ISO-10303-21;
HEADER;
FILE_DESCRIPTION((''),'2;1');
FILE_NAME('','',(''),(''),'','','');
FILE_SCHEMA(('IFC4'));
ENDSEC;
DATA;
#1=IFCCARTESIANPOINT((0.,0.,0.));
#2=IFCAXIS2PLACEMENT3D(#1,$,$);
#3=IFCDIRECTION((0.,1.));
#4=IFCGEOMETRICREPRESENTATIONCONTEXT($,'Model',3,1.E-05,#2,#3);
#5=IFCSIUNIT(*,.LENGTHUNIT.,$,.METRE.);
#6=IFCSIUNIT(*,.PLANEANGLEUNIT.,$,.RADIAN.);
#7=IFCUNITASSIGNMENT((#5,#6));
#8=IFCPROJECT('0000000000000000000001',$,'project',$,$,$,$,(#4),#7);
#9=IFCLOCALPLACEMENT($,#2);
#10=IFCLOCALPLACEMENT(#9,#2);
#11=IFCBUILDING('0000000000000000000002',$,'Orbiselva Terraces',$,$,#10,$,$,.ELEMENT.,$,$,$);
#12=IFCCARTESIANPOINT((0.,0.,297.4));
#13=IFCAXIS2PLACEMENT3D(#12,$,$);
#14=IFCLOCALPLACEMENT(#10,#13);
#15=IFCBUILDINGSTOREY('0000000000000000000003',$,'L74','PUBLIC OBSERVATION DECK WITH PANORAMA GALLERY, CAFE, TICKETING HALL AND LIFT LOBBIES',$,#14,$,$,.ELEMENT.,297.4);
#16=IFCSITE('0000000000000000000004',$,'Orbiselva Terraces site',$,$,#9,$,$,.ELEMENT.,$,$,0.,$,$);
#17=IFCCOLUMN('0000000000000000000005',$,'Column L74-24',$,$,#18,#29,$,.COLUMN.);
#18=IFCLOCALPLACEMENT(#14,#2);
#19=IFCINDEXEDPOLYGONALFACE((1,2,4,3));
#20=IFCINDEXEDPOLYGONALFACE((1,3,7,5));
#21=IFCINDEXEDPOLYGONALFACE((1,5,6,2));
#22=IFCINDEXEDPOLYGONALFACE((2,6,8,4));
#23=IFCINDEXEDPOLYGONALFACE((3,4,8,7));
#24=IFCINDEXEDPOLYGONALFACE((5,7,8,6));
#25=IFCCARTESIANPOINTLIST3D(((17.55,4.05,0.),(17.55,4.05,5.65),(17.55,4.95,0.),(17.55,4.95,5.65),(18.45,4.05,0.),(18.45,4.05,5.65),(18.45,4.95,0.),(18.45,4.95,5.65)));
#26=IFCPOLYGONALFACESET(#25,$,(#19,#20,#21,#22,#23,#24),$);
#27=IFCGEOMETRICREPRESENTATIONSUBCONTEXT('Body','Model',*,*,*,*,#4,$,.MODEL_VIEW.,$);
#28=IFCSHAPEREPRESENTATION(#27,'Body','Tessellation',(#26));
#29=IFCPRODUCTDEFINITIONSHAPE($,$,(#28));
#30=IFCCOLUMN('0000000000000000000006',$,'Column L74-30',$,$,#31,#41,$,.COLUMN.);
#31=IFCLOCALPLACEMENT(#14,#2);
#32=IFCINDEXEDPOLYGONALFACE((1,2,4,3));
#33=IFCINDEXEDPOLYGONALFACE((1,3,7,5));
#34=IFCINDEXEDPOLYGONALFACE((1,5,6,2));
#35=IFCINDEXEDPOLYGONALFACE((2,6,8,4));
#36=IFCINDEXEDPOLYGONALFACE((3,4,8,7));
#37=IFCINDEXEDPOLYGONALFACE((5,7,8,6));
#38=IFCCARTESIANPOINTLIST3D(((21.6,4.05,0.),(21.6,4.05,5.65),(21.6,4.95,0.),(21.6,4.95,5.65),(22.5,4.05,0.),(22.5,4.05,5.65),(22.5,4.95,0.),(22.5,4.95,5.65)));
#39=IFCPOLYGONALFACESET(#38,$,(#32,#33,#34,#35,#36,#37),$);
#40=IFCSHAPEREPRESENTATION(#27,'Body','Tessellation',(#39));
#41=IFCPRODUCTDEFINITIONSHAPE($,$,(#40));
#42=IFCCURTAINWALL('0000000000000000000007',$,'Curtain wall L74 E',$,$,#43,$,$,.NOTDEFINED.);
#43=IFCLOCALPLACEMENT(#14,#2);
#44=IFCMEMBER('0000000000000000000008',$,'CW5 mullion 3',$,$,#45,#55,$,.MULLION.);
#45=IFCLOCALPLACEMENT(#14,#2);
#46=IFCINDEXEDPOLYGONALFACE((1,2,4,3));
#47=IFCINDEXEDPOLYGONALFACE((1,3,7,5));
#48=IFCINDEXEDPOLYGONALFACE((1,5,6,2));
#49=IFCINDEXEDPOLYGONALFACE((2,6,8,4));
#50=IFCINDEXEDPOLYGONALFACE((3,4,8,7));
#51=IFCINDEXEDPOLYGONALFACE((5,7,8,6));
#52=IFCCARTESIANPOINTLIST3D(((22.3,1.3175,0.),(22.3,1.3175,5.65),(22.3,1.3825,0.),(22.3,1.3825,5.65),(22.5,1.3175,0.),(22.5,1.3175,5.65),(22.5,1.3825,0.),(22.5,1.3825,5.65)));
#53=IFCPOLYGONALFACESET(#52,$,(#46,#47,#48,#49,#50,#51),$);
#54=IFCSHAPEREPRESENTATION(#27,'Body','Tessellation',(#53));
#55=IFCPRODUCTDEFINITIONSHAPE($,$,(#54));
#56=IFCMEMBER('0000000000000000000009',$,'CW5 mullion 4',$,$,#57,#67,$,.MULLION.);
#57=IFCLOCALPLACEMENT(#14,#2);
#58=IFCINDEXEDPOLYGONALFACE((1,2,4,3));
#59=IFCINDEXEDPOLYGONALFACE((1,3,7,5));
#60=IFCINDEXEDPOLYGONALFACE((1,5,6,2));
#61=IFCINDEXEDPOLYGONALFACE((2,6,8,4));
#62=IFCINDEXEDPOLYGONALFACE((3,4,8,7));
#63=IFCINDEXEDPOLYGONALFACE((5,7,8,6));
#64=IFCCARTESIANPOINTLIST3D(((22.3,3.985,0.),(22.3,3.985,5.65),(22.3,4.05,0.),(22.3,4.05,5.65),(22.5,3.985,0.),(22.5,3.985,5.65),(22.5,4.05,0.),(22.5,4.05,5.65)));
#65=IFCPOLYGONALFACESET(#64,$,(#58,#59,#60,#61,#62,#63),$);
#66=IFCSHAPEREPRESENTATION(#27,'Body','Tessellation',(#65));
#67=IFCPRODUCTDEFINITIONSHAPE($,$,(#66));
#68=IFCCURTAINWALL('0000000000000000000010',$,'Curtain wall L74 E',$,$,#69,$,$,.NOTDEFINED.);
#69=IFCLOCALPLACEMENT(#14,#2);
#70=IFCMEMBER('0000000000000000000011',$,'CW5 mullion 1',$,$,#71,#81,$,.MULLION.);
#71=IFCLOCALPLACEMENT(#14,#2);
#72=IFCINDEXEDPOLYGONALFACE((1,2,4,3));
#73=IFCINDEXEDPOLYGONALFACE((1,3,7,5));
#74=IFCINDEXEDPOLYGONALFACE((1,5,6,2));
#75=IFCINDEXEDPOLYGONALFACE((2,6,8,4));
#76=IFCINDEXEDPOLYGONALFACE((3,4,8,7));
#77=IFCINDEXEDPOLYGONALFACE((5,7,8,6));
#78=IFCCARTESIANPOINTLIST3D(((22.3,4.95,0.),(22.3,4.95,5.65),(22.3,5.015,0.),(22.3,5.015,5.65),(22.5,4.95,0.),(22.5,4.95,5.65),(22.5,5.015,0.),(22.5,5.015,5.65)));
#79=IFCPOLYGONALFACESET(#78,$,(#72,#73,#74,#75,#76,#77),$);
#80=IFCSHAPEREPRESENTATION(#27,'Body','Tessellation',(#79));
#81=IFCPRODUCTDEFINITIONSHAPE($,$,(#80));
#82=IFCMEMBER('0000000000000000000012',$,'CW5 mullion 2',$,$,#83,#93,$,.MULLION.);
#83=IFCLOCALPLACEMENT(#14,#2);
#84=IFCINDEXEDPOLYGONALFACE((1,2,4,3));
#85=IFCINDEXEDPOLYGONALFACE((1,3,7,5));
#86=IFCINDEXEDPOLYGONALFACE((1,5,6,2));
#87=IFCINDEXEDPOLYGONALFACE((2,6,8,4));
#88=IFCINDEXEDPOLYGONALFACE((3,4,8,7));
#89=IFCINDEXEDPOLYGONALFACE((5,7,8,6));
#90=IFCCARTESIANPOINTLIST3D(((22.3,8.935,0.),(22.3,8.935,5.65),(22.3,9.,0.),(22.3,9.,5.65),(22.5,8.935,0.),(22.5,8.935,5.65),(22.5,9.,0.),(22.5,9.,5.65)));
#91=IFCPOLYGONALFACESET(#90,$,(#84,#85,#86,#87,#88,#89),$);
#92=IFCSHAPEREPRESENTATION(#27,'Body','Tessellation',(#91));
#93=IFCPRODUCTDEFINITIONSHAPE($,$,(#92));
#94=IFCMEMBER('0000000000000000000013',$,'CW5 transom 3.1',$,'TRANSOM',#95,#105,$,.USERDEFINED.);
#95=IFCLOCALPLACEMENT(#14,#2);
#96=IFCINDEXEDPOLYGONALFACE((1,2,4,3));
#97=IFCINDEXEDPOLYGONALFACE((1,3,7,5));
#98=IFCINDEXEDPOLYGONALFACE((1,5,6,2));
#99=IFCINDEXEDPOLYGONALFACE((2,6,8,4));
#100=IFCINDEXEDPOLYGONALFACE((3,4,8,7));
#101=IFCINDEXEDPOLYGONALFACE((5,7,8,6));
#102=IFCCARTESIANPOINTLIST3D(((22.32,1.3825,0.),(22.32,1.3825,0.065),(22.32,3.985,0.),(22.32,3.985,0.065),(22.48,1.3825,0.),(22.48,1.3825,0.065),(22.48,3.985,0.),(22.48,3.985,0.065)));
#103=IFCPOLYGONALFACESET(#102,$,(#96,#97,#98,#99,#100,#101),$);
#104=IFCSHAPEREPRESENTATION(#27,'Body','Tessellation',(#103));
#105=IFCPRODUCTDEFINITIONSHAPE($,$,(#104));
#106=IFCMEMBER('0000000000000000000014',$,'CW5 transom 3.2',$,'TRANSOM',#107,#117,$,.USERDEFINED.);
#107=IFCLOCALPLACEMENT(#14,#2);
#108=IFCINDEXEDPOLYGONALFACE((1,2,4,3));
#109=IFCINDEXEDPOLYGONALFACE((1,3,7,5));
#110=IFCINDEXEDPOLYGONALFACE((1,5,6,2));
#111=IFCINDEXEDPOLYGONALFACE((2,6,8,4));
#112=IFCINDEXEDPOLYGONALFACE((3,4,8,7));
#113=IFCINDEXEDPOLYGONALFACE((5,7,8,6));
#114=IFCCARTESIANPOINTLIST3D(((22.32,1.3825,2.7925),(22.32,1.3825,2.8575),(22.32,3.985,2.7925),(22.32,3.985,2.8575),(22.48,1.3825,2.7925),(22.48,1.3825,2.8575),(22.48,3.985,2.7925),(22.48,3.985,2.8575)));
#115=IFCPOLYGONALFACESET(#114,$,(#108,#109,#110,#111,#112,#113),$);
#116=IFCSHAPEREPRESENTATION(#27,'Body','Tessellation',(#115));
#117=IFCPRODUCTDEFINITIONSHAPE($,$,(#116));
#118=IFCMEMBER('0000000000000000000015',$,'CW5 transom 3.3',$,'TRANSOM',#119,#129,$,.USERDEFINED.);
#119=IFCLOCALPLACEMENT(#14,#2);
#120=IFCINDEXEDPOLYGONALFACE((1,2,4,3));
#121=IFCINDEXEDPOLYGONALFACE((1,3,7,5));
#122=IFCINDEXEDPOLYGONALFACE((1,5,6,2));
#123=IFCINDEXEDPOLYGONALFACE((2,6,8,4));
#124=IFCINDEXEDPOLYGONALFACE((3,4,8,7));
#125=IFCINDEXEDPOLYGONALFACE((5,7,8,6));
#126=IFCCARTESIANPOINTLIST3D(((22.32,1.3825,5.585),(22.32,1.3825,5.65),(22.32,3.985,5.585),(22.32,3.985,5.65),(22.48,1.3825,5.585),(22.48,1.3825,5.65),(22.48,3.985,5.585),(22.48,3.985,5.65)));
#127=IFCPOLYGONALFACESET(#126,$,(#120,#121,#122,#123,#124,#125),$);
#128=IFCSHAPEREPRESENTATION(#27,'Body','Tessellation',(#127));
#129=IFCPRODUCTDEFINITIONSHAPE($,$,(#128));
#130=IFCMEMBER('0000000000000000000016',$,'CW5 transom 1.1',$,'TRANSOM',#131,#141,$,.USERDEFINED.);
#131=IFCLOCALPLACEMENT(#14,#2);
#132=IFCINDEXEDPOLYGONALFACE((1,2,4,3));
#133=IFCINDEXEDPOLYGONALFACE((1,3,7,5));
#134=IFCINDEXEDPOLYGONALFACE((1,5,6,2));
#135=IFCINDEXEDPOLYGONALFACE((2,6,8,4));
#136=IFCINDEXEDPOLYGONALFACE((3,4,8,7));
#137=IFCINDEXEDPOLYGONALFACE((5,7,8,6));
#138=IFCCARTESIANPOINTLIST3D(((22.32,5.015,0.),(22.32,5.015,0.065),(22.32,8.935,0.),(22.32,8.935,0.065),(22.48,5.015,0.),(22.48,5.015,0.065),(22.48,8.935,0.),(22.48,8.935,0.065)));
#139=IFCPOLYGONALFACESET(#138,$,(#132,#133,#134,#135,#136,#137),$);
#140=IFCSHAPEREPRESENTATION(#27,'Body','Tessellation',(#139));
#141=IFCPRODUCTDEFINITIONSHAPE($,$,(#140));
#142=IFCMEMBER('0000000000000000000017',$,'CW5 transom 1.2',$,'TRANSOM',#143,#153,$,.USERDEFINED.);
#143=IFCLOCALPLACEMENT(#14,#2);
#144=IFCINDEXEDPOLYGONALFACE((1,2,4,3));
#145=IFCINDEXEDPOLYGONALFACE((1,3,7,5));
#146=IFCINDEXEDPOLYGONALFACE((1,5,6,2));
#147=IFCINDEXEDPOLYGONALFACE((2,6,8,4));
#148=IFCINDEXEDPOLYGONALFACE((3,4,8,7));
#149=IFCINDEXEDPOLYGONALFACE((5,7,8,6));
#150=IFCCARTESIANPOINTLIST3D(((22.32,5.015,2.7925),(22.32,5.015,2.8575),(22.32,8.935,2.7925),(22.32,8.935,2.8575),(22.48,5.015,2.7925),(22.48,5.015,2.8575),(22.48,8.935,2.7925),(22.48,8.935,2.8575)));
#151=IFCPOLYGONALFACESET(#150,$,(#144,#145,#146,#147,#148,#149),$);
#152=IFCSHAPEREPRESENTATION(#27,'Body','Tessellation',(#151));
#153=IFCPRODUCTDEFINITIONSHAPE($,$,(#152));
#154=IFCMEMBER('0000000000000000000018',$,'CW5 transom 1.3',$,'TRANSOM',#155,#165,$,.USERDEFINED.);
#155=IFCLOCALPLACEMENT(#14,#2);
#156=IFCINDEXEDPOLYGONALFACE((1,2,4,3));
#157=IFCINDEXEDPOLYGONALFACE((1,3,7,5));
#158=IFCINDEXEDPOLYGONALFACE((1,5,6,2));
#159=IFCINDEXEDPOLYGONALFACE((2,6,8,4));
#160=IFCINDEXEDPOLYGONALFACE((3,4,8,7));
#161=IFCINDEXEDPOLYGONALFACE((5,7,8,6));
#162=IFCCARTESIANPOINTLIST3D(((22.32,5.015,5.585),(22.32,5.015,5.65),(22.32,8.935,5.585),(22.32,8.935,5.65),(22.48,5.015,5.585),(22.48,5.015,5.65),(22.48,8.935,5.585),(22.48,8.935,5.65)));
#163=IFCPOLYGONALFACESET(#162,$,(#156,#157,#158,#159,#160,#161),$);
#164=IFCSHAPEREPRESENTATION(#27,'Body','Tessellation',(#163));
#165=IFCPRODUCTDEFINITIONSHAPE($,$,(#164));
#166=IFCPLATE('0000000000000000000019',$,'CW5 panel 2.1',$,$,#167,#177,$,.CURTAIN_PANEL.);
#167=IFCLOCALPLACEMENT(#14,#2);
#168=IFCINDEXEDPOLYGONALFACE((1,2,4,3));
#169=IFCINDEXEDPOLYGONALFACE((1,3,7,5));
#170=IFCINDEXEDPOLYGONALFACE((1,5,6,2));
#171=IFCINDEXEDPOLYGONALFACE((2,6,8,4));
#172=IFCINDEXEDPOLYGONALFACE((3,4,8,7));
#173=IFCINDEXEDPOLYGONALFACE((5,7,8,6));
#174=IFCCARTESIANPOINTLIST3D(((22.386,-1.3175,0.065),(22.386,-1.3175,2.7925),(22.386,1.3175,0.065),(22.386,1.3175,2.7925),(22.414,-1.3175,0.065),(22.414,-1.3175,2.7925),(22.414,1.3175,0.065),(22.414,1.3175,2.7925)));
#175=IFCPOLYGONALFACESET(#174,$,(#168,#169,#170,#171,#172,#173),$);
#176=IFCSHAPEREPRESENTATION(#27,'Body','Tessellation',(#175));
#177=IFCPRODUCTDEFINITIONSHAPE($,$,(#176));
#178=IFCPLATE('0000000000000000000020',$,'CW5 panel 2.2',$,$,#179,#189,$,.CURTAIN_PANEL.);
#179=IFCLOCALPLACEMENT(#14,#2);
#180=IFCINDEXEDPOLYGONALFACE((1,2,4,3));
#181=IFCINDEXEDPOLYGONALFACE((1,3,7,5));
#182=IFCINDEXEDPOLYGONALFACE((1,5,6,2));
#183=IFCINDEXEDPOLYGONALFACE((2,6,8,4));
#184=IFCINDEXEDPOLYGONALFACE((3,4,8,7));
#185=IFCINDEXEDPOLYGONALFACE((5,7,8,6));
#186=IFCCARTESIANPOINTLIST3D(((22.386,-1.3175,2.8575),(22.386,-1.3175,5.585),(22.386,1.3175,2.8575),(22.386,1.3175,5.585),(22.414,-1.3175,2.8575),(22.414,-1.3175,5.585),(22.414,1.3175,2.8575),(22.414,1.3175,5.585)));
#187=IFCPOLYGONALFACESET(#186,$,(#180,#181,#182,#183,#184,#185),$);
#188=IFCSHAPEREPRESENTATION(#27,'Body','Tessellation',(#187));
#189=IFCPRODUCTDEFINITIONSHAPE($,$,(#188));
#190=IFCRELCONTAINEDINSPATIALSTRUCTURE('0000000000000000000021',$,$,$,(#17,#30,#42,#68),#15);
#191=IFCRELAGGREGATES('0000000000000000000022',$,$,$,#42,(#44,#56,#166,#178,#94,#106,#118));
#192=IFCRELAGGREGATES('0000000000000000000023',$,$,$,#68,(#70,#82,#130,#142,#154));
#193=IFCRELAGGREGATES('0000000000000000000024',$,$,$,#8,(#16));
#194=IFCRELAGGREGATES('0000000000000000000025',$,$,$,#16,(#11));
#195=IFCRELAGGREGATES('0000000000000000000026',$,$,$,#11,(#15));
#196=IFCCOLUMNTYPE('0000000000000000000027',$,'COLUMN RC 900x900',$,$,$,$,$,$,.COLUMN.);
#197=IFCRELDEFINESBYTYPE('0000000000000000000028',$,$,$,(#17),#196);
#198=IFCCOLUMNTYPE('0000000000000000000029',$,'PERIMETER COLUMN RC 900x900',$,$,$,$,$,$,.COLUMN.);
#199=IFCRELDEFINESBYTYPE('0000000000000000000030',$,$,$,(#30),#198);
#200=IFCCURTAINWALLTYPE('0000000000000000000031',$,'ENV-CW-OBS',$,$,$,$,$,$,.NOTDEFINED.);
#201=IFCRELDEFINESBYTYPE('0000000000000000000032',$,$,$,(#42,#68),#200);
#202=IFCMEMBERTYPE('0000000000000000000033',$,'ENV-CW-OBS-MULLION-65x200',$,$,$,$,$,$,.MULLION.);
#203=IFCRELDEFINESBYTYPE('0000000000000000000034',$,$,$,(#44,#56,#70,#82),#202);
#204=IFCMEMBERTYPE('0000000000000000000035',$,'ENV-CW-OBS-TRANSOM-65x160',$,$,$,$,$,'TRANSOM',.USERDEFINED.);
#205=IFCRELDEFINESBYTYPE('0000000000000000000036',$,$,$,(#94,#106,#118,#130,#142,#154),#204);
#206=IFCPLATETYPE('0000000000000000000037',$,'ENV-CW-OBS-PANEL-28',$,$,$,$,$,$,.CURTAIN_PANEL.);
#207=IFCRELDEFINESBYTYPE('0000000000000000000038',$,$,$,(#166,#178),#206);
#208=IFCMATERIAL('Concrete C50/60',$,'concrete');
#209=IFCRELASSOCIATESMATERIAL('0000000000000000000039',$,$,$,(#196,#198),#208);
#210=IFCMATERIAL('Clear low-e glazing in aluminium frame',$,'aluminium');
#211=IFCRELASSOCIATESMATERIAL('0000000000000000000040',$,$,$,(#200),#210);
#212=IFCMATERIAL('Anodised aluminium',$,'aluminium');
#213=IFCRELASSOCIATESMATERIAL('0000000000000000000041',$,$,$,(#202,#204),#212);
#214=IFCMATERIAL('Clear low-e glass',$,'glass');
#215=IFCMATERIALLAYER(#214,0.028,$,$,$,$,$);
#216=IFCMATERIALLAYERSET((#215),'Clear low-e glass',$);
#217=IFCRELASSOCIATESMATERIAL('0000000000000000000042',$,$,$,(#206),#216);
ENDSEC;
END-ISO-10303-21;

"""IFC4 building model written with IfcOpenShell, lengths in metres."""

from ifc_helpers import new_model, si_unit, direction, frame, origin, origin_2d, place, context, subcontext, project, spatial, rectangle, extrude, material, layer, layer_set, material_profile, profile_set, type_object, element, aggregate, save


model = new_model("IFC4")

# Units and contexts
model_context = context("Model", 3, precision=1e-05, world=origin(), true_north=direction((0.0, 1.0)))
body_context = subcontext(model_context, "Body", "Model", "MODEL_VIEW")
ifc_project = project(units=[si_unit("LENGTHUNIT", "METRE"), si_unit("PLANEANGLEUNIT", "RADIAN")], contexts=[model_context])

# Site, building, storey
site_placement = place(None, origin())
site = spatial("IfcSite", under=ifc_project, at=site_placement, Name="Orbiselva Terraces site", CompositionType="ELEMENT", RefElevation=0.0)
building_placement = place(site_placement, origin())
building = spatial("IfcBuilding", under=site, at=building_placement, Name="Orbiselva Terraces", CompositionType="ELEMENT")
storey_placement = place(building_placement, frame((0.0, 0.0, 297.4)))
storey = spatial("IfcBuildingStorey", under=building, at=storey_placement, Name="L74", Description="PUBLIC OBSERVATION DECK WITH PANORAMA GALLERY, CAFE, TICKETING HALL AND LIFT LOBBIES", CompositionType="ELEMENT", Elevation=297.4)

# Columns
ifc_material_1 = material(Name="Concrete C50/60", Category="concrete")
ifc_material_profile_1 = material_profile(ifc_material_1, rectangle(XDim=0.9, YDim=0.9, at=origin_2d()), Name="RC 900x900")
ifc_profile_set_1 = profile_set([ifc_material_profile_1], Name="Concrete C50/60")
column_type_1 = type_object("IfcColumnType", Name="COLUMN RC 900x900", PredefinedType="COLUMN", material=ifc_profile_set_1)
column_1_placement = place(storey_placement, frame((18.0, 4.5, 0.0), z_axis=(0.0, 0.0, 1.0), x_axis=(1.0, 0.0, 0.0)))
element("IfcColumn", 1, at=column_1_placement, inside=storey, type_object=column_type_1, Name="Column L74-24", PredefinedType="COLUMN", context=body_context, shape_type="SweptSolid", body=[
    extrude(rectangle(XDim=0.9, YDim=0.9, at=origin_2d()), origin(), (0.0, 0.0, 1.0), 5.65),
])
ifc_material_profile_2 = material_profile(ifc_material_1, rectangle(XDim=0.9, YDim=0.9, at=origin_2d()), Name="RC 900x900")
ifc_profile_set_2 = profile_set([ifc_material_profile_2], Name="Concrete C50/60")
column_type_2 = type_object("IfcColumnType", Name="PERIMETER COLUMN RC 900x900", PredefinedType="COLUMN", material=ifc_profile_set_2)
column_2_placement = place(storey_placement, frame((22.05, 4.5, 0.0), z_axis=(0.0, 0.0, 1.0), x_axis=(1.0, 0.0, 0.0)))
element("IfcColumn", 2, at=column_2_placement, inside=storey, type_object=column_type_2, Name="Column L74-30", PredefinedType="COLUMN", context=body_context, shape_type="SweptSolid", body=[
    extrude(rectangle(XDim=0.9, YDim=0.9, at=origin_2d()), origin(), (0.0, 0.0, 1.0), 5.65),
])

# Curtain walls, members
ifc_material_2 = material(Name="Clear low-e glazing in aluminium frame", Category="aluminium")
curtain_wall_type = type_object("IfcCurtainWallType", Name="ENV-CW-OBS", PredefinedType="NOTDEFINED", material=ifc_material_2)
curtain_wall_1_placement = place(storey_placement, origin())
curtain_wall_1 = element("IfcCurtainWall", 3, at=curtain_wall_1_placement, inside=storey, type_object=curtain_wall_type, Name="Curtain wall L74 E", PredefinedType="NOTDEFINED")
ifc_material_3 = material(Name="Anodised aluminium", Category="aluminium")
ifc_material_profile_3 = material_profile(ifc_material_3, rectangle(XDim=0.2, YDim=0.065, at=origin_2d()), Name="AL 65x200")
ifc_profile_set_3 = profile_set([ifc_material_profile_3], Name="Anodised aluminium")
member_type_1 = type_object("IfcMemberType", Name="ENV-CW-OBS-MULLION-65x200", PredefinedType="MULLION", material=ifc_profile_set_3)
member_1_placement = place(storey_placement, frame((22.4, 1.35, 0.0), z_axis=(0.0, 0.0, 1.0), x_axis=(-1.0, 0.0, 0.0)))
member_1 = element("IfcMember", 4, at=member_1_placement, type_object=member_type_1, Name="CW5 mullion 3", PredefinedType="MULLION", context=body_context, shape_type="SweptSolid", body=[
    extrude(rectangle(XDim=0.2, YDim=0.065, at=origin_2d()), origin(), (0.0, 0.0, 1.0), 5.65),
])
member_2_placement = place(storey_placement, frame((22.4, 4.0175, 0.0), z_axis=(0.0, 0.0, 1.0), x_axis=(-1.0, 0.0, 0.0)))
member_2 = element("IfcMember", 5, at=member_2_placement, type_object=member_type_1, Name="CW5 mullion 4", PredefinedType="MULLION", context=body_context, shape_type="SweptSolid", body=[
    extrude(rectangle(XDim=0.2, YDim=0.065, at=origin_2d()), origin(), (0.0, 0.0, 1.0), 5.65),
])
curtain_wall_2_placement = place(storey_placement, origin())
curtain_wall_2 = element("IfcCurtainWall", 6, at=curtain_wall_2_placement, inside=storey, type_object=curtain_wall_type, Name="Curtain wall L74 E", PredefinedType="NOTDEFINED")
member_3_placement = place(storey_placement, frame((22.4, 4.9825, 0.0), z_axis=(0.0, 0.0, 1.0), x_axis=(-1.0, 0.0, 0.0)))
member_3 = element("IfcMember", 7, at=member_3_placement, type_object=member_type_1, Name="CW5 mullion 1", PredefinedType="MULLION", context=body_context, shape_type="SweptSolid", body=[
    extrude(rectangle(XDim=0.2, YDim=0.065, at=origin_2d()), origin(), (0.0, 0.0, 1.0), 5.65),
])
member_4_placement = place(storey_placement, frame((22.4, 8.9675, 0.0), z_axis=(0.0, 0.0, 1.0), x_axis=(-1.0, 0.0, 0.0)))
member_4 = element("IfcMember", 8, at=member_4_placement, type_object=member_type_1, Name="CW5 mullion 2", PredefinedType="MULLION", context=body_context, shape_type="SweptSolid", body=[
    extrude(rectangle(XDim=0.2, YDim=0.065, at=origin_2d()), origin(), (0.0, 0.0, 1.0), 5.65),
])

# Members
ifc_material_profile_4 = material_profile(ifc_material_3, rectangle(XDim=0.16, YDim=0.065, at=origin_2d()), Name="AL 65x160")
ifc_profile_set_4 = profile_set([ifc_material_profile_4], Name="Anodised aluminium")
member_type_2 = type_object("IfcMemberType", Name="ENV-CW-OBS-TRANSOM-65x160", ElementType="TRANSOM", PredefinedType="USERDEFINED", material=ifc_profile_set_4)
member_5_placement = place(storey_placement, frame((22.4, 1.3825, 0.0325), z_axis=(0.0, 1.0, 0.0), x_axis=(-1.0, 0.0, 0.0)))
member_5 = element("IfcMember", 9, at=member_5_placement, type_object=member_type_2, Name="CW5 transom 3.1", ObjectType="TRANSOM", PredefinedType="USERDEFINED", context=body_context, shape_type="SweptSolid", body=[
    extrude(rectangle(XDim=0.16, YDim=0.065, at=origin_2d()), origin(), (0.0, 0.0, 1.0), 2.6025),
])
member_6_placement = place(storey_placement, frame((22.4, 1.3825, 2.825), z_axis=(0.0, 1.0, 0.0), x_axis=(-1.0, 0.0, 0.0)))
member_6 = element("IfcMember", 10, at=member_6_placement, type_object=member_type_2, Name="CW5 transom 3.2", ObjectType="TRANSOM", PredefinedType="USERDEFINED", context=body_context, shape_type="SweptSolid", body=[
    extrude(rectangle(XDim=0.16, YDim=0.065, at=origin_2d()), origin(), (0.0, 0.0, 1.0), 2.6025),
])
member_7_placement = place(storey_placement, frame((22.4, 1.3825, 5.6175), z_axis=(0.0, 1.0, 0.0), x_axis=(-1.0, 0.0, 0.0)))
member_7 = element("IfcMember", 11, at=member_7_placement, type_object=member_type_2, Name="CW5 transom 3.3", ObjectType="TRANSOM", PredefinedType="USERDEFINED", context=body_context, shape_type="SweptSolid", body=[
    extrude(rectangle(XDim=0.16, YDim=0.065, at=origin_2d()), origin(), (0.0, 0.0, 1.0), 2.6025),
])
member_8_placement = place(storey_placement, frame((22.4, 5.015, 0.0325), z_axis=(0.0, 1.0, 0.0), x_axis=(-1.0, 0.0, 0.0)))
member_8 = element("IfcMember", 12, at=member_8_placement, type_object=member_type_2, Name="CW5 transom 1.1", ObjectType="TRANSOM", PredefinedType="USERDEFINED", context=body_context, shape_type="SweptSolid", body=[
    extrude(rectangle(XDim=0.16, YDim=0.065, at=origin_2d()), origin(), (0.0, 0.0, 1.0), 3.92),
])
member_9_placement = place(storey_placement, frame((22.4, 5.015, 2.825), z_axis=(0.0, 1.0, 0.0), x_axis=(-1.0, 0.0, 0.0)))
member_9 = element("IfcMember", 13, at=member_9_placement, type_object=member_type_2, Name="CW5 transom 1.2", ObjectType="TRANSOM", PredefinedType="USERDEFINED", context=body_context, shape_type="SweptSolid", body=[
    extrude(rectangle(XDim=0.16, YDim=0.065, at=origin_2d()), origin(), (0.0, 0.0, 1.0), 3.92),
])
member_10_placement = place(storey_placement, frame((22.4, 5.015, 5.6175), z_axis=(0.0, 1.0, 0.0), x_axis=(-1.0, 0.0, 0.0)))
member_10 = element("IfcMember", 14, at=member_10_placement, type_object=member_type_2, Name="CW5 transom 1.3", ObjectType="TRANSOM", PredefinedType="USERDEFINED", context=body_context, shape_type="SweptSolid", body=[
    extrude(rectangle(XDim=0.16, YDim=0.065, at=origin_2d()), origin(), (0.0, 0.0, 1.0), 3.92),
])

# Plates
ifc_material_4 = material(Name="Clear low-e glass", Category="glass")
ifc_layer_1 = layer(ifc_material_4, 0.028)
ifc_layer_set_1 = layer_set([ifc_layer_1], Name="Clear low-e glass")
plate_type = type_object("IfcPlateType", Name="ENV-CW-OBS-PANEL-28", PredefinedType="CURTAIN_PANEL", material=ifc_layer_set_1)
plate_1_placement = place(storey_placement, frame((22.4, 0.0, 0.065), z_axis=(0.0, 0.0, 1.0), x_axis=(0.0, 1.0, 0.0)))
plate_1 = element("IfcPlate", 15, at=plate_1_placement, type_object=plate_type, Name="CW5 panel 2.1", PredefinedType="CURTAIN_PANEL", context=body_context, shape_type="SweptSolid", body=[
    extrude(rectangle(XDim=2.635, YDim=0.028, at=origin_2d()), origin(), (0.0, 0.0, 1.0), 2.7275),
])
plate_2_placement = place(storey_placement, frame((22.4, 0.0, 2.8575), z_axis=(0.0, 0.0, 1.0), x_axis=(0.0, 1.0, 0.0)))
plate_2 = element("IfcPlate", 16, at=plate_2_placement, type_object=plate_type, Name="CW5 panel 2.2", PredefinedType="CURTAIN_PANEL", context=body_context, shape_type="SweptSolid", body=[
    extrude(rectangle(XDim=2.635, YDim=0.028, at=origin_2d()), origin(), (0.0, 0.0, 1.0), 2.7275),
])
aggregate(curtain_wall_1, [member_1, member_2, plate_1, plate_2, member_5, member_6, member_7])
aggregate(curtain_wall_2, [member_3, member_4, member_8, member_9, member_10])

save(model, "model.ifc")
